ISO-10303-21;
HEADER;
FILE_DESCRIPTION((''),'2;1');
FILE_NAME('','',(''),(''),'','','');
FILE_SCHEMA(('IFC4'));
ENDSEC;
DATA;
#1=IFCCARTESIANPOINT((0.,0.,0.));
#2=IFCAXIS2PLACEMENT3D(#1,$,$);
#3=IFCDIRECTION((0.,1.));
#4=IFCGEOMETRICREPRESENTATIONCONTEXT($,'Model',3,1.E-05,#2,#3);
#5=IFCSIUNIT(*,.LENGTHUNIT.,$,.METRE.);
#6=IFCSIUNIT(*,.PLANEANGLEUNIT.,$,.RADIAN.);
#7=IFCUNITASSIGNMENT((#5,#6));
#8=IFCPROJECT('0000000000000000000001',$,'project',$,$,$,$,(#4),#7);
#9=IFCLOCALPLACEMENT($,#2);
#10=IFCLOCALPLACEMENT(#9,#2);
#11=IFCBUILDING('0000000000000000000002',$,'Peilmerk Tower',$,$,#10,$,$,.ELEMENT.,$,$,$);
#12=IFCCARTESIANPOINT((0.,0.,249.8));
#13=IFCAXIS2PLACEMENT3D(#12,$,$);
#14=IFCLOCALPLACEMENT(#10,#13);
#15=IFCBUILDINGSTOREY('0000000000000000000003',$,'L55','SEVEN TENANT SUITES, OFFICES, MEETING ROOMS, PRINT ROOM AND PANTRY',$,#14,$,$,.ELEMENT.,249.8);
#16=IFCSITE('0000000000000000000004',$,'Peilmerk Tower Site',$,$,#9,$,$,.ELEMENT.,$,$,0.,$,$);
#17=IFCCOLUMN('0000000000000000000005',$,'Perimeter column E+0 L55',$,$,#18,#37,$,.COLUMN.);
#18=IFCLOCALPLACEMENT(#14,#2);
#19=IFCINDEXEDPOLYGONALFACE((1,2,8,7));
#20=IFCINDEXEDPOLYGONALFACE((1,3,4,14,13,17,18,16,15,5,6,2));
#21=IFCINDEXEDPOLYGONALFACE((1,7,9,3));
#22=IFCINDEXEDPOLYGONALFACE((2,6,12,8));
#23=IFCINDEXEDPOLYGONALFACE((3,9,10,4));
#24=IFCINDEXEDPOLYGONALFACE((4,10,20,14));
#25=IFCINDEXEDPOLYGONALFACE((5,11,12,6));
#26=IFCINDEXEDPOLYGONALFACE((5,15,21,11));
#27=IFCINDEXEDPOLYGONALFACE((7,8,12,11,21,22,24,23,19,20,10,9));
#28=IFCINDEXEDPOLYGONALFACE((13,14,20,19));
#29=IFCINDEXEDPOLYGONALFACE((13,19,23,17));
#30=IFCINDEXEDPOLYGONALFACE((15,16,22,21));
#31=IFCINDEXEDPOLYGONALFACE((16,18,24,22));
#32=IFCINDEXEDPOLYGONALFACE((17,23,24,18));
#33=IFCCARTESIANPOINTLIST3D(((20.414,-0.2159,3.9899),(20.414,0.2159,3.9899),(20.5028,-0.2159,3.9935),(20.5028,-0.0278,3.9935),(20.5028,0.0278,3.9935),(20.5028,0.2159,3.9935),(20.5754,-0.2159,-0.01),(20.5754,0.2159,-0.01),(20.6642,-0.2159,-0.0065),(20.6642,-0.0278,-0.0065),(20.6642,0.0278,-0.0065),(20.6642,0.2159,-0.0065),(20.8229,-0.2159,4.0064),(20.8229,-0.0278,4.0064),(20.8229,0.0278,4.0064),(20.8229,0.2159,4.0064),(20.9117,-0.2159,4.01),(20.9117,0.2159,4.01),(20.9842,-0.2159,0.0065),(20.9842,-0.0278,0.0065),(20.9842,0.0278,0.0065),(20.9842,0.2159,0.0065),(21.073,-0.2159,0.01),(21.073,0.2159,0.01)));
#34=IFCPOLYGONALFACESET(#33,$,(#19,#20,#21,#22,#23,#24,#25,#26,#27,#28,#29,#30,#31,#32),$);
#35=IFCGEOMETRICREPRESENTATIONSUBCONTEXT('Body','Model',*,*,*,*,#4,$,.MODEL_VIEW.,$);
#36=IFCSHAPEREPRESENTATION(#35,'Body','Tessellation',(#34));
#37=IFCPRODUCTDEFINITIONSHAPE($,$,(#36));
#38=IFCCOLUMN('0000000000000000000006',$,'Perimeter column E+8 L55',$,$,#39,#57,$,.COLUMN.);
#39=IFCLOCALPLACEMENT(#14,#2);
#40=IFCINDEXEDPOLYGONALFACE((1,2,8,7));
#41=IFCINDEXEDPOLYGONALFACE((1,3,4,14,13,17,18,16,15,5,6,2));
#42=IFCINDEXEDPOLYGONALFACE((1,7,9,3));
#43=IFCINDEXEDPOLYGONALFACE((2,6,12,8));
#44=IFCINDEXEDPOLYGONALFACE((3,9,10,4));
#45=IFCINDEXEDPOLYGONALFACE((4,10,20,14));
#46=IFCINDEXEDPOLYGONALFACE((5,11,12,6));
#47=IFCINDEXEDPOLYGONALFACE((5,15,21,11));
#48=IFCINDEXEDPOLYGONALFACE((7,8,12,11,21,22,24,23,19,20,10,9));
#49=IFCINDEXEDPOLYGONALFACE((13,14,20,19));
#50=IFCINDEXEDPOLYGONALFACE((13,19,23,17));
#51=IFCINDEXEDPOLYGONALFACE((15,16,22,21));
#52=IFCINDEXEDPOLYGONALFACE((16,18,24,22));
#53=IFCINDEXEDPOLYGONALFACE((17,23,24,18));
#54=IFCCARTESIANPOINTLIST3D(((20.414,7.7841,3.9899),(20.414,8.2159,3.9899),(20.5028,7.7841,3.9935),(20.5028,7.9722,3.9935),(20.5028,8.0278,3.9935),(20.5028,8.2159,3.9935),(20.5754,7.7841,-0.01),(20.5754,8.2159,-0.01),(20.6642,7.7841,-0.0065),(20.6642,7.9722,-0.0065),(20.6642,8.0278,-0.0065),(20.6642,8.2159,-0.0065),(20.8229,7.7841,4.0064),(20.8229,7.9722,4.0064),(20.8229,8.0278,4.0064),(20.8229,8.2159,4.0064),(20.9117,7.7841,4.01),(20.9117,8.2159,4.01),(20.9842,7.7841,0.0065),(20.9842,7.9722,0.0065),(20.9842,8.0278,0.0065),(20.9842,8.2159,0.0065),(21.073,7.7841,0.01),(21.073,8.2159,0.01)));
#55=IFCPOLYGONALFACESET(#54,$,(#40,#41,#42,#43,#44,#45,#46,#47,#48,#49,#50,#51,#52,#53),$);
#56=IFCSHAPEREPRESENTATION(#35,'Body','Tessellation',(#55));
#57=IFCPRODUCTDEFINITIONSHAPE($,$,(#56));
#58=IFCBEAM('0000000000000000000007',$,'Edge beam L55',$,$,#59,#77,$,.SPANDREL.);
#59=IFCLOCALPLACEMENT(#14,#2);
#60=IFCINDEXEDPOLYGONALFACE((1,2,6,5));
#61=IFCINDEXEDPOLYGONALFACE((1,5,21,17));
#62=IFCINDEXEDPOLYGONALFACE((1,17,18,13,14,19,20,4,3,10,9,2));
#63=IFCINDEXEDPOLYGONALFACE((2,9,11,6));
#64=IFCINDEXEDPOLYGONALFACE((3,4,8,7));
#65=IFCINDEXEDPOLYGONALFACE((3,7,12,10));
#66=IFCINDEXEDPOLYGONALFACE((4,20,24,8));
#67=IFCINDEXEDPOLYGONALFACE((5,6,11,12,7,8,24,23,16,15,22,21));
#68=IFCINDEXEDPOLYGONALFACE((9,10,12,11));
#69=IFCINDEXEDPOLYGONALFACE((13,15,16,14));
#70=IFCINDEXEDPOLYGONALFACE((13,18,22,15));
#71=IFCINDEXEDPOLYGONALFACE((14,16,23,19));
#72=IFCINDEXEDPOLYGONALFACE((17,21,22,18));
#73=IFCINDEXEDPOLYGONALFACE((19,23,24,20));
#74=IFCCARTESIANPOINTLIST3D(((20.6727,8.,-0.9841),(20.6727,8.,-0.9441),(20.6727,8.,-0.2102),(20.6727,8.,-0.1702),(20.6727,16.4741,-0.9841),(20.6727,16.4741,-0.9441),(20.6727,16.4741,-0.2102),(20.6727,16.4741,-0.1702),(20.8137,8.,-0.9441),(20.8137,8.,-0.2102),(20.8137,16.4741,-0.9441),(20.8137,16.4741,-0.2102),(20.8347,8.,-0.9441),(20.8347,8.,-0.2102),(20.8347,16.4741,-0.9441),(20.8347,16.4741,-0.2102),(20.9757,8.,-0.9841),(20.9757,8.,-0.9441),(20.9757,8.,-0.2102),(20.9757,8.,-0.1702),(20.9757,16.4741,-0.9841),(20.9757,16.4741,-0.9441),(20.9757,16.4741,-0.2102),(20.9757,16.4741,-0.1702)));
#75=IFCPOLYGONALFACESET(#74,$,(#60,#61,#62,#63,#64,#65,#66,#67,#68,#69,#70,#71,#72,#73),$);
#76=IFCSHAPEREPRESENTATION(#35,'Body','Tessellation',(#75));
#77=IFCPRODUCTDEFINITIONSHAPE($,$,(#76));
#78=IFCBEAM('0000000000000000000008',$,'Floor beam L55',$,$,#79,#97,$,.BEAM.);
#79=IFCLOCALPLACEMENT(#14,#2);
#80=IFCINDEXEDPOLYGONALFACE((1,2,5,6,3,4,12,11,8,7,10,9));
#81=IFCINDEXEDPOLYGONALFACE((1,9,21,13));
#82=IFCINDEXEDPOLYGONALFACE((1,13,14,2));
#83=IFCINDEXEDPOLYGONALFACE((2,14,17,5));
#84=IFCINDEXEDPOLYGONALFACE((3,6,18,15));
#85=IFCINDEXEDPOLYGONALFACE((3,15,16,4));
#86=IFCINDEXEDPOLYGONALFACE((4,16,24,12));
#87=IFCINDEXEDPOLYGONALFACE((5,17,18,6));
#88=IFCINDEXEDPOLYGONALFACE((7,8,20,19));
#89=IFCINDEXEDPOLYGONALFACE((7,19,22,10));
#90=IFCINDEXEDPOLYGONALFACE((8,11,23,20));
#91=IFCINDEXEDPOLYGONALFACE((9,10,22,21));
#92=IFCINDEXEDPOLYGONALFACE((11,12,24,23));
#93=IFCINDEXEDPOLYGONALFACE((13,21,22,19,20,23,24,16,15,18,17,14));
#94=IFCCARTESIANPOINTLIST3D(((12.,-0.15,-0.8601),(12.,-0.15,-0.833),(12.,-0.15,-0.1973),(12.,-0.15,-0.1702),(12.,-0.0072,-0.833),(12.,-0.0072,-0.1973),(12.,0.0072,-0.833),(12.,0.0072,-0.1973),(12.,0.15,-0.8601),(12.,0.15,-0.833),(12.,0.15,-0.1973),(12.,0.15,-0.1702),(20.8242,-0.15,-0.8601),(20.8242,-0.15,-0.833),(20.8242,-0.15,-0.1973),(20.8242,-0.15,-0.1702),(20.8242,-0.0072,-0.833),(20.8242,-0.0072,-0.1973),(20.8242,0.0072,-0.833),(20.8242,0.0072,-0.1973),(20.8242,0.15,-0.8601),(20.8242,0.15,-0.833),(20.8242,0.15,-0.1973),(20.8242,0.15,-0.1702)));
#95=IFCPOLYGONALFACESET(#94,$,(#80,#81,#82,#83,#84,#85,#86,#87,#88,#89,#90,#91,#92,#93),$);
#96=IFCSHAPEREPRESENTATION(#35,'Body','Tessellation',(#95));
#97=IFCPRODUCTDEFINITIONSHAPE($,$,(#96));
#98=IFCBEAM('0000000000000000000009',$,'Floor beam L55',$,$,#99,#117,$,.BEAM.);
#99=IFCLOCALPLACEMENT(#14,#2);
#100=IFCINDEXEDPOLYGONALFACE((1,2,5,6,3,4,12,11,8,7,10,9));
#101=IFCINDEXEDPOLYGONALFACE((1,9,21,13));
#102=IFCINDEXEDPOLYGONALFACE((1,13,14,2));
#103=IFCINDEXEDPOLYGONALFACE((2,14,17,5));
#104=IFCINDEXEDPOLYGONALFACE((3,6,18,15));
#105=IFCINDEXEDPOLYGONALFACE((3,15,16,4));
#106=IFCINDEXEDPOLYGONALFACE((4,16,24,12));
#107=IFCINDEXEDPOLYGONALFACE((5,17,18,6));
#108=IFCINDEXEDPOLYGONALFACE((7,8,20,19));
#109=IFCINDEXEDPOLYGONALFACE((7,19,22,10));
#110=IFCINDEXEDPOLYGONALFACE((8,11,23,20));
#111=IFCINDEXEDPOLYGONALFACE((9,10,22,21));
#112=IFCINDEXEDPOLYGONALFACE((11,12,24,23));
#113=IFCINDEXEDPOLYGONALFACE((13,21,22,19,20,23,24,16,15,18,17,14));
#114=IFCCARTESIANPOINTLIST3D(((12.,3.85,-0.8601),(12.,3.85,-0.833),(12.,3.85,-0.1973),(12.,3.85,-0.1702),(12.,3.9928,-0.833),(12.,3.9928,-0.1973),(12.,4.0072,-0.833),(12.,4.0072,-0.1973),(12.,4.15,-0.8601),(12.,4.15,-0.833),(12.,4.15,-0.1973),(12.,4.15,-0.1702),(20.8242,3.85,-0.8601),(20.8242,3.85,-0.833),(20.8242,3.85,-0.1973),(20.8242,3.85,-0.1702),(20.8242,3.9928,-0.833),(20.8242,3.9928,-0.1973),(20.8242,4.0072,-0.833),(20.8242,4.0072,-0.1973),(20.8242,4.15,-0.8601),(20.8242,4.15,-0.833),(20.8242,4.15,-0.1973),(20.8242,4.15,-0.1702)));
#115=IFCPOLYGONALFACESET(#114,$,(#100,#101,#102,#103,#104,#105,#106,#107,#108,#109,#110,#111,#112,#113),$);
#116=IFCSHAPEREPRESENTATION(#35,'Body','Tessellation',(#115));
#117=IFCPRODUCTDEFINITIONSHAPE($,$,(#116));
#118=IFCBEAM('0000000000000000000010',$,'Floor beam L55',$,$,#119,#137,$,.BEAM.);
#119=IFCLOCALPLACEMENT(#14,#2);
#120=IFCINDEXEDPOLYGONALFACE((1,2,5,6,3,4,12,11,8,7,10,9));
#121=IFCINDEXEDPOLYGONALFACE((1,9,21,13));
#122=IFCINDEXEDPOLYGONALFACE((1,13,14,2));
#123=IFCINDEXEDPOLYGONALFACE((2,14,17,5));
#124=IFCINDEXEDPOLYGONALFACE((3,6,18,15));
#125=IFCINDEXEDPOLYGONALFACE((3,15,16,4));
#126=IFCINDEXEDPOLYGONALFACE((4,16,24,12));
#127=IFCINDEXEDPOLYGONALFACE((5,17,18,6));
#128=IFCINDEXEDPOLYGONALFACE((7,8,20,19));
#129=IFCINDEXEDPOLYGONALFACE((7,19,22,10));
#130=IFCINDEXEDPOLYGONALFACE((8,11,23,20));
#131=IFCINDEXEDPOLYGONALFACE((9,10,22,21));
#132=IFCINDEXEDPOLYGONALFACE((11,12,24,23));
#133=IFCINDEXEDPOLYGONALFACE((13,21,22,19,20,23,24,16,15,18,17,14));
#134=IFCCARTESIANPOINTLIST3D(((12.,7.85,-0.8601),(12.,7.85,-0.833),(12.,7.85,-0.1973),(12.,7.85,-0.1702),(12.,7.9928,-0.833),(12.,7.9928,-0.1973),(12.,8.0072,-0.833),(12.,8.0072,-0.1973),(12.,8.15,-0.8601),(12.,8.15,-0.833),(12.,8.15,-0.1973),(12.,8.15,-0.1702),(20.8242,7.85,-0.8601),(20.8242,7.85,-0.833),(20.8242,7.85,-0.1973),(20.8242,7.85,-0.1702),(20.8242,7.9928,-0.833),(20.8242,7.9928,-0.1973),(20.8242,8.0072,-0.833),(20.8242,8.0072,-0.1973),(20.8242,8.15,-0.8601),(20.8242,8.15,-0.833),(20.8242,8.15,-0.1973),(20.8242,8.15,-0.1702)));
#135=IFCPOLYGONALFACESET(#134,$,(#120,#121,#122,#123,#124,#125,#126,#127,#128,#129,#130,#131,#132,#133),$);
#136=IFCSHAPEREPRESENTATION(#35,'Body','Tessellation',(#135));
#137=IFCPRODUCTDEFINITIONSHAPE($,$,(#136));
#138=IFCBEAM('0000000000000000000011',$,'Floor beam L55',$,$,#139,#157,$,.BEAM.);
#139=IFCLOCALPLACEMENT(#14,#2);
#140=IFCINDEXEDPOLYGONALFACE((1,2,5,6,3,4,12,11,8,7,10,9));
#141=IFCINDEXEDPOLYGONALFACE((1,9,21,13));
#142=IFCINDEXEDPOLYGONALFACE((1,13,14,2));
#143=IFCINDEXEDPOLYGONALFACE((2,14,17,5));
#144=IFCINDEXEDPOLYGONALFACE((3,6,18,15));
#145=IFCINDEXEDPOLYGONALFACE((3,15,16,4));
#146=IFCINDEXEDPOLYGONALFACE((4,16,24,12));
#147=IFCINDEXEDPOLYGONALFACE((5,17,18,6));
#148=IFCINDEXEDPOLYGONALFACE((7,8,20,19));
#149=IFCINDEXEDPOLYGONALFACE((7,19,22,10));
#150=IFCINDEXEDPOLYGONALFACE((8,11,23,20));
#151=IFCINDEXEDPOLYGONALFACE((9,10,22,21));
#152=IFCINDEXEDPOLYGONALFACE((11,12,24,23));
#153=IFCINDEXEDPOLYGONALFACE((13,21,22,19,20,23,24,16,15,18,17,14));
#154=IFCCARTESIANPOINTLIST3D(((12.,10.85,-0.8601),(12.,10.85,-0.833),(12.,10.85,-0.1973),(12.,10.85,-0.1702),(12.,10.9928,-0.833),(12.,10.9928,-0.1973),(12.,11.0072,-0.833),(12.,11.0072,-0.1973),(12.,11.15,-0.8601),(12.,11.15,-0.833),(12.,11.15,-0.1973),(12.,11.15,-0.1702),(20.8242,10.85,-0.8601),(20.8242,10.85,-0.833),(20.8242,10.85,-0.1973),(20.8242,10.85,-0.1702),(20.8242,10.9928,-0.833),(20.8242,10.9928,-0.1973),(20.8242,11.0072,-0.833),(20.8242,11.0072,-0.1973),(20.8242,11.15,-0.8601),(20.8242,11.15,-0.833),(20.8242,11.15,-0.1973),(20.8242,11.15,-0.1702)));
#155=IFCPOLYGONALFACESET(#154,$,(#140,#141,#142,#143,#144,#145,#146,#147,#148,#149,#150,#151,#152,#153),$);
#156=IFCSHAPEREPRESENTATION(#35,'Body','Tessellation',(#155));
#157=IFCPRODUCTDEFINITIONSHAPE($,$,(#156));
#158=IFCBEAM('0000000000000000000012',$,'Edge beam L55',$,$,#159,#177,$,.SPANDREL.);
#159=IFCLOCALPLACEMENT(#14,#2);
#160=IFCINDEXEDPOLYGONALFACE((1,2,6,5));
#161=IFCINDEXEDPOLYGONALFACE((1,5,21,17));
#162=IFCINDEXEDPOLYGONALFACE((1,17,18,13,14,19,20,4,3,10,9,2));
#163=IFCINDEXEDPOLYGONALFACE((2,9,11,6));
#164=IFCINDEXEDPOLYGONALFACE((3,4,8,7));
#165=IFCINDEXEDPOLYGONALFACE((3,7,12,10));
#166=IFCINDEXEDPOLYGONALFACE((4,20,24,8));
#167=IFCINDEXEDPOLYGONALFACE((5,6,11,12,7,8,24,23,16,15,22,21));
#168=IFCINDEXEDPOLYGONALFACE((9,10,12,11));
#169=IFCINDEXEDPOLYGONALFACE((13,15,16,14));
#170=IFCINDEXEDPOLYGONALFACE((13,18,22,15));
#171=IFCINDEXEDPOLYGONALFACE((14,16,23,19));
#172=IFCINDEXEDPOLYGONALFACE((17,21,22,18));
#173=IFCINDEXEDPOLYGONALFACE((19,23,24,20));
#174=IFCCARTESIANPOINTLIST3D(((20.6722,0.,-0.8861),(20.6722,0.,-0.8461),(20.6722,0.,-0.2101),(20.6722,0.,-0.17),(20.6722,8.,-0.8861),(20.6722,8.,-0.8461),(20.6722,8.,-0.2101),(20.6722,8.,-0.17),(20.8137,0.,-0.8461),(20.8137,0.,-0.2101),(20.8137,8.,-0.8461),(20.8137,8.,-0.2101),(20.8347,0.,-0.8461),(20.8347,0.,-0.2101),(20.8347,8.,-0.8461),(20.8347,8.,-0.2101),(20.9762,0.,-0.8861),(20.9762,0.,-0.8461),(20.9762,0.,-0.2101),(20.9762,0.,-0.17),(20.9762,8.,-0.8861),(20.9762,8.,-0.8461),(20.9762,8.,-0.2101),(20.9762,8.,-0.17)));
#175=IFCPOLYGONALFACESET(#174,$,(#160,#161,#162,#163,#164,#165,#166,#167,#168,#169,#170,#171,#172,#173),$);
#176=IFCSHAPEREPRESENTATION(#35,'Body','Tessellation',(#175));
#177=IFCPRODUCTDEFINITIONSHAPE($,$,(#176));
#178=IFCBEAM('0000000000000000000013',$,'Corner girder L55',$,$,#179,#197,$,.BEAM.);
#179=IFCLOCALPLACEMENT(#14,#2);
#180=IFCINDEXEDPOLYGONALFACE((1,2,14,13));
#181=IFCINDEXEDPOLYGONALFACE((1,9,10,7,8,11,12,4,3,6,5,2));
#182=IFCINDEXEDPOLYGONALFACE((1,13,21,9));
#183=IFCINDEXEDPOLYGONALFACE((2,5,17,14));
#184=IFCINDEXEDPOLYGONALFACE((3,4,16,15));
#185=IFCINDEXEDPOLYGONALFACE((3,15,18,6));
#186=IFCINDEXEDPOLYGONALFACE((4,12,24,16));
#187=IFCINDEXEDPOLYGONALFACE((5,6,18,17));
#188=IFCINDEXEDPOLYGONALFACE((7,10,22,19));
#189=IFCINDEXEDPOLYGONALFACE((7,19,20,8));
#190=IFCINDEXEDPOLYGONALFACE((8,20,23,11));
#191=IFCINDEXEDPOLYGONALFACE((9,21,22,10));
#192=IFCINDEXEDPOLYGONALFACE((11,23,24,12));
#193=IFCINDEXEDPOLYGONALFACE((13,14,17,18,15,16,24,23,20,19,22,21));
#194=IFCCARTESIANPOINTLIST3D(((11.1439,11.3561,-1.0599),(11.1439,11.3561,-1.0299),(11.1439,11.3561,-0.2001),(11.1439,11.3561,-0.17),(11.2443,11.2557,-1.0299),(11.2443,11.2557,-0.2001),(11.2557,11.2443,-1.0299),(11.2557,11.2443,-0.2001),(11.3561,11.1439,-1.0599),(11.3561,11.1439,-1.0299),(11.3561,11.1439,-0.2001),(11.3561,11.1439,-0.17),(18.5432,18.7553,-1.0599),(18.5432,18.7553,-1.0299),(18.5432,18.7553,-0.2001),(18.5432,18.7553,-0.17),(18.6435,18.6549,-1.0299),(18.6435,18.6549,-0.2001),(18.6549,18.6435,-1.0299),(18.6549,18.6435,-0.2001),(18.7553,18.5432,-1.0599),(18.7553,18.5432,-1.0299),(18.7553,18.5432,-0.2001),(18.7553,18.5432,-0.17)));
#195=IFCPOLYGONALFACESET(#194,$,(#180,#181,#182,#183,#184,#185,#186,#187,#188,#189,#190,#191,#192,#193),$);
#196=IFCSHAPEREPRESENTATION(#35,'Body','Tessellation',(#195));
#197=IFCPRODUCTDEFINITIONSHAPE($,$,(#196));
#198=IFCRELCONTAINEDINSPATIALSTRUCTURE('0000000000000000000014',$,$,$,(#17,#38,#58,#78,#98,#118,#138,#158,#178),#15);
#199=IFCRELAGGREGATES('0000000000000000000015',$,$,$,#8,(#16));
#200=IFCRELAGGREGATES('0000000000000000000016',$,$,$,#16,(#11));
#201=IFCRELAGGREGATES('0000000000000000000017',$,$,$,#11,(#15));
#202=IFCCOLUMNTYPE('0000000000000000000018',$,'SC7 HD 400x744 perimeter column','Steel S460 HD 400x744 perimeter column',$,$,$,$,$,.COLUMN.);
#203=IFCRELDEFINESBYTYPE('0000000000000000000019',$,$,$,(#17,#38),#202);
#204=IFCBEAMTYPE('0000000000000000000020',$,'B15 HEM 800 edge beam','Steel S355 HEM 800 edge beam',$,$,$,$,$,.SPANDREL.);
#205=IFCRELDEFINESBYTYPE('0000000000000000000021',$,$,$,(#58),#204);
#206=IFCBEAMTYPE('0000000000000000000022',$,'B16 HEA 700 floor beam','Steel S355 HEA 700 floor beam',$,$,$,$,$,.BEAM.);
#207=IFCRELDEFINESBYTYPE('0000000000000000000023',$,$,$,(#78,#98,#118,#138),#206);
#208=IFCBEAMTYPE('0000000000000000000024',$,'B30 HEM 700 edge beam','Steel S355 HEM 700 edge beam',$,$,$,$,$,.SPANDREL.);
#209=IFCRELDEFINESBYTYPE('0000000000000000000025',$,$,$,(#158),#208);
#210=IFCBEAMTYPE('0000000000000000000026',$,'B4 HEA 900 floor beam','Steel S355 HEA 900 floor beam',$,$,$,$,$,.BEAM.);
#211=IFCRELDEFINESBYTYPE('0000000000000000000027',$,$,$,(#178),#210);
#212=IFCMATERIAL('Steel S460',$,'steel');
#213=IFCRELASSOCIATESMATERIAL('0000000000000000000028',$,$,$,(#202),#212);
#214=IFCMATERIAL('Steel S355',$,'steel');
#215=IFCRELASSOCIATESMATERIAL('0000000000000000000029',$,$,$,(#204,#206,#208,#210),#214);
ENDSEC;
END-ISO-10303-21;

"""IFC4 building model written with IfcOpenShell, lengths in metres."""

from ifc_helpers import new_model, si_unit, direction, frame, origin, origin_2d, place, context, subcontext, project, spatial, i_section, extrude, material, material_profile, profile_set, type_object, element, save


model = new_model("IFC4")

# Units and contexts
model_context = context("Model", 3, precision=1e-05, world=origin(), true_north=direction((0.0, 1.0)))
body_context = subcontext(model_context, "Body", "Model", "MODEL_VIEW")
ifc_project = project(units=[si_unit("LENGTHUNIT", "METRE"), si_unit("PLANEANGLEUNIT", "RADIAN")], contexts=[model_context])

# Site, building, storey
site_placement = place(None, origin())
site = spatial("IfcSite", under=ifc_project, at=site_placement, Name="Peilmerk Tower Site", CompositionType="ELEMENT", RefElevation=0.0)
building_placement = place(site_placement, origin())
building = spatial("IfcBuilding", under=site, at=building_placement, Name="Peilmerk Tower", CompositionType="ELEMENT")
storey_placement = place(building_placement, frame((0.0, 0.0, 249.8)))
storey = spatial("IfcBuildingStorey", under=building, at=storey_placement, Name="L55", Description="SEVEN TENANT SUITES, OFFICES, MEETING ROOMS, PRINT ROOM AND PANTRY", CompositionType="ELEMENT", Elevation=249.8)

# Columns
ifc_material_1 = material(Name="Steel S460", Category="steel")
ifc_material_profile_1 = material_profile(ifc_material_1, i_section(OverallWidth=0.4319, OverallDepth=0.498, WebThickness=0.0557, FlangeThickness=0.0889, at=origin_2d()), Name="HD 400x744")
ifc_profile_set_1 = profile_set([ifc_material_profile_1], Name="Steel S460")
column_type = type_object("IfcColumnType", Name="SC7 HD 400x744 perimeter column", Description="Steel S460 HD 400x744 perimeter column", PredefinedType="COLUMN", material=ifc_profile_set_1)
for number, where, z_axis, x_axis, name in (
    (1, (20.8242, 0.0, 0.0), (-0.040311, 0.0, 0.999187), (0.0, -1.0, 0.0), "Perimeter column E+0 L55"),
    (2, (20.8242, 8.0, 0.0), (-0.040311, 0.0, 0.999187), (0.0, -1.0, 0.0), "Perimeter column E+8 L55"),
):
    element("IfcColumn", number, at=place(storey_placement, frame(where, z_axis=z_axis, x_axis=x_axis)), inside=storey, type_object=column_type, Name=name, PredefinedType="COLUMN", context=body_context, shape_type="SweptSolid", body=[
        extrude(i_section(OverallWidth=0.4319, OverallDepth=0.498, WebThickness=0.0557, FlangeThickness=0.0889, at=origin_2d()), origin(), (0.0, 0.0, 1.0), 4.0032),
    ])

# Beams
ifc_material_2 = material(Name="Steel S355", Category="steel")
ifc_material_profile_2 = material_profile(ifc_material_2, i_section(OverallWidth=0.303, OverallDepth=0.814, WebThickness=0.021, FlangeThickness=0.04, at=origin_2d()), Name="HEM 800")
ifc_profile_set_2 = profile_set([ifc_material_profile_2], Name="Steel S355")
beam_type_1 = type_object("IfcBeamType", Name="B15 HEM 800 edge beam", Description="Steel S355 HEM 800 edge beam", PredefinedType="SPANDREL", material=ifc_profile_set_2)
beam_1_placement = place(storey_placement, frame((20.8242, 8.0, -0.5771), z_axis=(0.0, 1.0, 0.0), x_axis=(-1.0, 0.0, 0.0)))
element("IfcBeam", 3, at=beam_1_placement, inside=storey, type_object=beam_type_1, Name="Edge beam L55", PredefinedType="SPANDREL", context=body_context, shape_type="SweptSolid", body=[
    extrude(i_section(OverallWidth=0.303, OverallDepth=0.814, WebThickness=0.021, FlangeThickness=0.04, at=origin_2d()), origin(), (0.0, 0.0, 1.0), 8.4741),
])
ifc_material_profile_3 = material_profile(ifc_material_2, i_section(OverallWidth=0.3, OverallDepth=0.6899, WebThickness=0.0144, FlangeThickness=0.0271, at=origin_2d()), Name="HEA 700")
ifc_profile_set_3 = profile_set([ifc_material_profile_3], Name="Steel S355")
beam_type_2 = type_object("IfcBeamType", Name="B16 HEA 700 floor beam", Description="Steel S355 HEA 700 floor beam", PredefinedType="BEAM", material=ifc_profile_set_3)
for number, where, z_axis, x_axis, name in (
    (4, (12.0, 0.0, -0.5151), (1.0, 0.0, 0.0), (0.0, 1.0, 0.0), "Floor beam L55"),
    (5, (12.0, 4.0, -0.5151), (1.0, 0.0, 0.0), (0.0, 1.0, 0.0), "Floor beam L55"),
    (6, (12.0, 8.0, -0.5151), (1.0, 0.0, 0.0), (0.0, 1.0, 0.0), "Floor beam L55"),
    (7, (12.0, 11.0, -0.5151), (1.0, 0.0, 0.0), (0.0, 1.0, 0.0), "Floor beam L55"),
):
    element("IfcBeam", number, at=place(storey_placement, frame(where, z_axis=z_axis, x_axis=x_axis)), inside=storey, type_object=beam_type_2, Name=name, PredefinedType="BEAM", context=body_context, shape_type="SweptSolid", body=[
        extrude(i_section(OverallWidth=0.3, OverallDepth=0.6899, WebThickness=0.0144, FlangeThickness=0.0271, at=origin_2d()), origin(), (0.0, 0.0, 1.0), 8.8242),
    ])
ifc_material_profile_4 = material_profile(ifc_material_2, i_section(OverallWidth=0.304, OverallDepth=0.7161, WebThickness=0.021, FlangeThickness=0.04, at=origin_2d()), Name="HEM 700")
ifc_profile_set_4 = profile_set([ifc_material_profile_4], Name="Steel S355")
beam_type_3 = type_object("IfcBeamType", Name="B30 HEM 700 edge beam", Description="Steel S355 HEM 700 edge beam", PredefinedType="SPANDREL", material=ifc_profile_set_4)
beam_2_placement = place(storey_placement, frame((20.8242, 0.0, -0.5281), z_axis=(0.0, 1.0, 0.0), x_axis=(-1.0, 0.0, 0.0)))
element("IfcBeam", 8, at=beam_2_placement, inside=storey, type_object=beam_type_3, Name="Edge beam L55", PredefinedType="SPANDREL", context=body_context, shape_type="SweptSolid", body=[
    extrude(i_section(OverallWidth=0.304, OverallDepth=0.7161, WebThickness=0.021, FlangeThickness=0.04, at=origin_2d()), origin(), (0.0, 0.0, 1.0), 8.0),
])
ifc_material_profile_5 = material_profile(ifc_material_2, i_section(OverallWidth=0.3, OverallDepth=0.8899, WebThickness=0.0161, FlangeThickness=0.03, at=origin_2d()), Name="HEA 900")
ifc_profile_set_5 = profile_set([ifc_material_profile_5], Name="Steel S355")
beam_type_4 = type_object("IfcBeamType", Name="B4 HEA 900 floor beam", Description="Steel S355 HEA 900 floor beam", PredefinedType="BEAM", material=ifc_profile_set_5)
beam_3_placement = place(storey_placement, frame((11.25, 11.25, -0.615), z_axis=(0.707107, 0.707107, 0.0), x_axis=(-0.707107, 0.707107, 0.0)))
element("IfcBeam", 9, at=beam_3_placement, inside=storey, type_object=beam_type_4, Name="Corner girder L55", PredefinedType="BEAM", context=body_context, shape_type="SweptSolid", body=[
    extrude(i_section(OverallWidth=0.3, OverallDepth=0.8899, WebThickness=0.0161, FlangeThickness=0.03, at=origin_2d()), origin(), (0.0, 0.0, 1.0), 10.4641),
])

save(model, "model.ifc")
